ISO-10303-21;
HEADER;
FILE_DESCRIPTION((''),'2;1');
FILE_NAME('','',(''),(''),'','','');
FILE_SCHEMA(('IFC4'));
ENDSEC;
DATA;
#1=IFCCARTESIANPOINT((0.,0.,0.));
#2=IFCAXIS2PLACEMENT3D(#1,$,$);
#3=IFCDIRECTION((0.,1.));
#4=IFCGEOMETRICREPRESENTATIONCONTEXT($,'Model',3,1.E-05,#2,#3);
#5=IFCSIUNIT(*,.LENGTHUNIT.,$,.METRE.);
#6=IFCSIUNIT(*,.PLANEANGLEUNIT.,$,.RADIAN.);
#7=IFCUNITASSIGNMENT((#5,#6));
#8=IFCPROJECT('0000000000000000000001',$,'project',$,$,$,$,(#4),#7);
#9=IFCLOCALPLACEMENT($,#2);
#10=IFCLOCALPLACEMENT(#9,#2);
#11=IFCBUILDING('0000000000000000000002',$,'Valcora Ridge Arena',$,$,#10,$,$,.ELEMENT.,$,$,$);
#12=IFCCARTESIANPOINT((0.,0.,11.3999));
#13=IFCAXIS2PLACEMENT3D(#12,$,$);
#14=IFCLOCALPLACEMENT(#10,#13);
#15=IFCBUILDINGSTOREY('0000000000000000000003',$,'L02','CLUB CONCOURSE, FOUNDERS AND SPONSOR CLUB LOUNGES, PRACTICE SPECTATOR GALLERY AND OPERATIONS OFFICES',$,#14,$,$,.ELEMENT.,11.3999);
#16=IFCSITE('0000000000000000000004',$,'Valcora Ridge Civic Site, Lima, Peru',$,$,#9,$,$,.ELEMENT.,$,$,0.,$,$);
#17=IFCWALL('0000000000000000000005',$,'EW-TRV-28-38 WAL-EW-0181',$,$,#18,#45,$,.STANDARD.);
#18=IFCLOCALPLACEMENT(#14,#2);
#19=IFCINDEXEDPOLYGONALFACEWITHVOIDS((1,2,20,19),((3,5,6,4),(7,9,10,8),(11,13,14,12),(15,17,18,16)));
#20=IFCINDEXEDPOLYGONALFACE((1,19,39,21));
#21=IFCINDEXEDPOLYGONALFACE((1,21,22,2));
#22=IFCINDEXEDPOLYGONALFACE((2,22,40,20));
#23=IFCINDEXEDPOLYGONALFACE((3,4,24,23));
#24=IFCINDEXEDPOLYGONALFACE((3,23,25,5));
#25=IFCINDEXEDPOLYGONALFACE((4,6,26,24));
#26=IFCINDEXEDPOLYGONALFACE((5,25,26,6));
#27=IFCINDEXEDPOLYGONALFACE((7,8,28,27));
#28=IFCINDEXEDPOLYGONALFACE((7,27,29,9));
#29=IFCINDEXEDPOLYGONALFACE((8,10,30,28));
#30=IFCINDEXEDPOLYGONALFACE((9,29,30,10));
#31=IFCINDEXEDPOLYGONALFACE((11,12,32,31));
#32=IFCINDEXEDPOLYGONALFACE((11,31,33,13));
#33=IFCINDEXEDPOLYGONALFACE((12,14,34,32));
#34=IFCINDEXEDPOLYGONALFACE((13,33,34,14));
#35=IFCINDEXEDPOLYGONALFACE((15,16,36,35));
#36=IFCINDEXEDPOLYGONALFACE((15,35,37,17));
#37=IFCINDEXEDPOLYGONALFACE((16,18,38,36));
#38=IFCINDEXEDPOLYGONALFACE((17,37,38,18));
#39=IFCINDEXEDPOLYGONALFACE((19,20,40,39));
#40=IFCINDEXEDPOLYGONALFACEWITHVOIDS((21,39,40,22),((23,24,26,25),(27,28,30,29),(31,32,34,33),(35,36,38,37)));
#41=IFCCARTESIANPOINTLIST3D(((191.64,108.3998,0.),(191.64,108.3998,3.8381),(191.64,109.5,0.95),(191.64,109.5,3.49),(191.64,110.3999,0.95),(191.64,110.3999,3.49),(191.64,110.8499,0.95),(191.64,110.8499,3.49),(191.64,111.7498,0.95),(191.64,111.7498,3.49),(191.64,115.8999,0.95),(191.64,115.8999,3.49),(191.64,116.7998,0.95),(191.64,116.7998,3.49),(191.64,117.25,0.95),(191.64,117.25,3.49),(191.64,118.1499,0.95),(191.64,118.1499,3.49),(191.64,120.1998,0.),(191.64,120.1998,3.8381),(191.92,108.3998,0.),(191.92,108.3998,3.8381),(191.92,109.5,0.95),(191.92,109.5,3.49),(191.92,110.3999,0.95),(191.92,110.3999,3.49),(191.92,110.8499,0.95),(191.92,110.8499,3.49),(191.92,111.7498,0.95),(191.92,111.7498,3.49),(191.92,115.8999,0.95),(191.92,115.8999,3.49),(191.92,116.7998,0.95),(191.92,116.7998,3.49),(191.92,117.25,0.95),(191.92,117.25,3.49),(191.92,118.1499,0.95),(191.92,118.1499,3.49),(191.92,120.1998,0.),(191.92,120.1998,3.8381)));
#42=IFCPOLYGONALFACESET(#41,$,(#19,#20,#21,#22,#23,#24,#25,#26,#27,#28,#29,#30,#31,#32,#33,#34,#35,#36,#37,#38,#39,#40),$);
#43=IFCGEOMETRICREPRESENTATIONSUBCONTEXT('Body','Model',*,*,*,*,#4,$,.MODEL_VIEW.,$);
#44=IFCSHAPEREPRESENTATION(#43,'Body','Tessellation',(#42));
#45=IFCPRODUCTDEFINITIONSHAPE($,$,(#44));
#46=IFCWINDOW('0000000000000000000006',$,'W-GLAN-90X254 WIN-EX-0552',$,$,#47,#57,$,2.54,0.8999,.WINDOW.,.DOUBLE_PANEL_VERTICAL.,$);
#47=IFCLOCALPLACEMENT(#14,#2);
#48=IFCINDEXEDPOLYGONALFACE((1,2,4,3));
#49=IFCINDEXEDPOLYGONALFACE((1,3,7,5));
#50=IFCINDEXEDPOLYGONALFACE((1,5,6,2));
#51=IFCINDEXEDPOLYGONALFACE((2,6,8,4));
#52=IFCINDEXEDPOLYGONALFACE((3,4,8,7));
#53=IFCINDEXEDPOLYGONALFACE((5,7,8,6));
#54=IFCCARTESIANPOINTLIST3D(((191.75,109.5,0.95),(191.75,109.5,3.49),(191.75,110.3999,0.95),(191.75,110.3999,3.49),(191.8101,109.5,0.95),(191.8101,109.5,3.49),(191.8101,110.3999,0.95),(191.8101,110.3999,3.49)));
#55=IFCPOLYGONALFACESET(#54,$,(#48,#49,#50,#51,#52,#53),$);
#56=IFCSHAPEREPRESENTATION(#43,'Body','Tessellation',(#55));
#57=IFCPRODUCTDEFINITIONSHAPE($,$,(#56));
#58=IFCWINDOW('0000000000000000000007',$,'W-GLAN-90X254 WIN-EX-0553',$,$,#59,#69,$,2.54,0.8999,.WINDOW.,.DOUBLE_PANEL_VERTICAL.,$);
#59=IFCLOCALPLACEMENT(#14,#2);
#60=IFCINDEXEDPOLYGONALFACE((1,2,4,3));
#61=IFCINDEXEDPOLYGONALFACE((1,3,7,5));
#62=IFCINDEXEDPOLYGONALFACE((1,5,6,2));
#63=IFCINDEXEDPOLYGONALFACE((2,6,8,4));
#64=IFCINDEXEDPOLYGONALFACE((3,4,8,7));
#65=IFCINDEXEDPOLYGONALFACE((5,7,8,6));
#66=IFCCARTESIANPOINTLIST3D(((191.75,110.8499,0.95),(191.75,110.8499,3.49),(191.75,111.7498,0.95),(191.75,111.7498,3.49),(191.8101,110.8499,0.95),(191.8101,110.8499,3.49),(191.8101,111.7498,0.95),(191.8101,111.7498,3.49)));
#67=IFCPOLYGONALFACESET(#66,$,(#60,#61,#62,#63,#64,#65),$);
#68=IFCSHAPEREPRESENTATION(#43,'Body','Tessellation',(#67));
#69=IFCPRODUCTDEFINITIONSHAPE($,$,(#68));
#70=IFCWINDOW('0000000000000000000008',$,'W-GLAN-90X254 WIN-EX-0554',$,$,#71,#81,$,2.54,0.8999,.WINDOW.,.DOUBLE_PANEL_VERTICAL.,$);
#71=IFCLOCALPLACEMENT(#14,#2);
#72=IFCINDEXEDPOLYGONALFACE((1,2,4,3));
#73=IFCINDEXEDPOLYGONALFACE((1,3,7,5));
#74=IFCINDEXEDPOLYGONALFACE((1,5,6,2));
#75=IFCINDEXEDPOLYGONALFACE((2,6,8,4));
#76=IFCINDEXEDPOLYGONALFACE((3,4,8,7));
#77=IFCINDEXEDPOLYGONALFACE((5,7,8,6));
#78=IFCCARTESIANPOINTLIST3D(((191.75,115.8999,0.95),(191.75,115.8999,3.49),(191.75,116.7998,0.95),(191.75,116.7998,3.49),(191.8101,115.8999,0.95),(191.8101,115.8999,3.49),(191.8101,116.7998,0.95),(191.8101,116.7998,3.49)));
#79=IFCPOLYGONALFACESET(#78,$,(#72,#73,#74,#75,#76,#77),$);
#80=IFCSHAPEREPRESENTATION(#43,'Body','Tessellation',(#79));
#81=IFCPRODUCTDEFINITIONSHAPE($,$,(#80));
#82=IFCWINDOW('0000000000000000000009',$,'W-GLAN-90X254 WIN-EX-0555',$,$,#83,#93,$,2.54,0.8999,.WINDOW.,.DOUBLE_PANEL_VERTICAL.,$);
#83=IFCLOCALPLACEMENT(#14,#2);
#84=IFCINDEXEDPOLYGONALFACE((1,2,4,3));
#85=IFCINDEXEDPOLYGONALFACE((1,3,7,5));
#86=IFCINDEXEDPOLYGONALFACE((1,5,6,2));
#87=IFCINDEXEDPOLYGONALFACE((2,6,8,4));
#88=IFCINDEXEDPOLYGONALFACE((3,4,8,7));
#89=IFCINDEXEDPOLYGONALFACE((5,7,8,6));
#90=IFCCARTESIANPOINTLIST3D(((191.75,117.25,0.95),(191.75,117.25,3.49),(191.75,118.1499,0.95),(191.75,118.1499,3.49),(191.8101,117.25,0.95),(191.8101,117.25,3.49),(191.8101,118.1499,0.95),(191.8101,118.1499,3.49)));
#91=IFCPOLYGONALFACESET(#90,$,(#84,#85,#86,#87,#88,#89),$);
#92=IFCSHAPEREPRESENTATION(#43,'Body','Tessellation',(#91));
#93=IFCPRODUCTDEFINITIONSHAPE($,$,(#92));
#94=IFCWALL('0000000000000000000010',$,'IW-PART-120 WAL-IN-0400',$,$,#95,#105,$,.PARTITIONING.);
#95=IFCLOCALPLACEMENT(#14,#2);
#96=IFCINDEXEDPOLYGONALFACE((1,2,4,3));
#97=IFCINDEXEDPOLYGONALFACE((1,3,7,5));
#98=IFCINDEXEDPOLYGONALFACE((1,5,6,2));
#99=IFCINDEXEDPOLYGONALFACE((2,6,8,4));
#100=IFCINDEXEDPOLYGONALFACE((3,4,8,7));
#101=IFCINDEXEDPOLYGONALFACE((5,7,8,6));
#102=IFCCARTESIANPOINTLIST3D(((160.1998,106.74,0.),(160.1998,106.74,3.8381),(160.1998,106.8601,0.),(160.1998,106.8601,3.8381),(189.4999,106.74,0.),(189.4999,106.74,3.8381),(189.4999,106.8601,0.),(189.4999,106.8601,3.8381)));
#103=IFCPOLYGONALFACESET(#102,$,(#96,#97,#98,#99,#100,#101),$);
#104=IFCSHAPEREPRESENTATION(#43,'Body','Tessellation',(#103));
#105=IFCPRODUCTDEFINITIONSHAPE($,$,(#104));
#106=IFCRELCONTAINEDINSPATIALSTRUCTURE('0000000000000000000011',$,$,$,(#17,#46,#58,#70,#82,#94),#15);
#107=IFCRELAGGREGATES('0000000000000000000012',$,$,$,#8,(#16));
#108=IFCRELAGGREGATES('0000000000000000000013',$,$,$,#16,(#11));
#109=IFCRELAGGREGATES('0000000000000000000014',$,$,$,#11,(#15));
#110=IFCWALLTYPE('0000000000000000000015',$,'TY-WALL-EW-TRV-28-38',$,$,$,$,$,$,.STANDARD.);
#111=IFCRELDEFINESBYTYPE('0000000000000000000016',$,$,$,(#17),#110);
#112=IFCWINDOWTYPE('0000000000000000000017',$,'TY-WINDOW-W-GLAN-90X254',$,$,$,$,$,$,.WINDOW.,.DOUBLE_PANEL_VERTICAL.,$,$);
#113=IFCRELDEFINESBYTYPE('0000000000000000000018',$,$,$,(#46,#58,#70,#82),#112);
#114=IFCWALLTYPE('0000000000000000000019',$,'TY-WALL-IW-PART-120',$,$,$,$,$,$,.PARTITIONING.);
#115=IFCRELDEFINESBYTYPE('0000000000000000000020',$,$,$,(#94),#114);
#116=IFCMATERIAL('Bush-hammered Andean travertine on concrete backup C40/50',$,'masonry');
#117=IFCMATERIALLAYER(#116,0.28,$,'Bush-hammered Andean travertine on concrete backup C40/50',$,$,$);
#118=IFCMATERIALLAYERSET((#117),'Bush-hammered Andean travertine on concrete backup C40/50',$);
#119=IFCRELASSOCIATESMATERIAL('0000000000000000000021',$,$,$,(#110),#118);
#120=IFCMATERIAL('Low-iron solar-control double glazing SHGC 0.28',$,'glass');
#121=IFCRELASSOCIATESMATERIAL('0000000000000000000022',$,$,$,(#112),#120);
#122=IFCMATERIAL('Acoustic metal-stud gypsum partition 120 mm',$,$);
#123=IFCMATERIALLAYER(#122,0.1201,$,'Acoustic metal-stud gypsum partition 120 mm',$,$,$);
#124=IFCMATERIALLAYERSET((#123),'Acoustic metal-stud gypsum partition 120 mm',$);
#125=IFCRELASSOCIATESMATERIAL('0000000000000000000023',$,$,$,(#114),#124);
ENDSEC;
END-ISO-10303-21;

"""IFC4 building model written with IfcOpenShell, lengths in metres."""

from ifc_helpers import new_model, si_unit, direction, frame, frame_2d, origin, place, context, subcontext, project, spatial, rectangle, extrude, material, layer, layer_set, type_object, element, fill, save


model = new_model("IFC4")

# Units and contexts
model_context = context("Model", 3, precision=1e-05, world=origin(), true_north=direction((0.0, 1.0)))
body_context = subcontext(model_context, "Body", "Model", "MODEL_VIEW")
ifc_project = project(units=[si_unit("LENGTHUNIT", "METRE"), si_unit("PLANEANGLEUNIT", "RADIAN")], contexts=[model_context])

# Site, building, storey
site_placement = place(None, origin())
site = spatial("IfcSite", under=ifc_project, at=site_placement, Name="Valcora Ridge Civic Site, Lima, Peru", CompositionType="ELEMENT", RefElevation=0.0)
building_placement = place(site_placement, origin())
building = spatial("IfcBuilding", under=site, at=building_placement, Name="Valcora Ridge Arena", CompositionType="ELEMENT")
storey_placement = place(building_placement, frame((0.0, 0.0, 11.3999)))
storey = spatial("IfcBuildingStorey", under=building, at=storey_placement, Name="L02", Description="CLUB CONCOURSE, FOUNDERS AND SPONSOR CLUB LOUNGES, PRACTICE SPECTATOR GALLERY AND OPERATIONS OFFICES", CompositionType="ELEMENT", Elevation=11.3999)

# Shared definitions
ifc_material_1 = material(Name="Low-iron solar-control double glazing SHGC 0.28", Category="glass")

# Wall, openings, windows
ifc_material_2 = material(Name="Bush-hammered Andean travertine on concrete backup C40/50", Category="masonry")
ifc_layer_1 = layer(ifc_material_2, 0.28, Name="Bush-hammered Andean travertine on concrete backup C40/50")
ifc_layer_set_1 = layer_set([ifc_layer_1], Name="Bush-hammered Andean travertine on concrete backup C40/50")
wall_type_1 = type_object("IfcWallType", Name="TY-WALL-EW-TRV-28-38", PredefinedType="STANDARD", material=ifc_layer_set_1)
wall_1_placement = place(storey_placement, frame((191.78, 108.3999, 0.0), z_axis=(0.0, 0.0, 1.0), x_axis=(0.0, 1.0, 0.0)))
wall_1 = element("IfcWall", 1, at=wall_1_placement, inside=storey, type_object=wall_type_1, Name="EW-TRV-28-38 WAL-EW-0181", PredefinedType="STANDARD", context=body_context, shape_type="SweptSolid", body=[
    extrude(rectangle(XDim=11.8, YDim=0.28, at=frame_2d((5.8999, 0.0))), origin(), (0.0, 0.0, 1.0), 3.8381),
])
opening_1_placement = place(wall_1_placement, frame((1.1001, 0.0, 0.95)))
opening_1 = element("IfcOpeningElement", 2, at=opening_1_placement, cuts=wall_1, PredefinedType="OPENING", context=body_context, shape_type="SweptSolid", body=[
    extrude(rectangle(XDim=0.8999, YDim=2.54, at=frame_2d((0.45, 1.27))), frame((0.0, 0.1499, 0.0), z_axis=(0.0, -1.0, 0.0), x_axis=(1.0, 0.0, 0.0)), (0.0, 0.0, 1.0), 0.3),
])
opening_2_placement = place(wall_1_placement, frame((2.45, 0.0, 0.95)))
opening_2 = element("IfcOpeningElement", 3, at=opening_2_placement, cuts=wall_1, PredefinedType="OPENING", context=body_context, shape_type="SweptSolid", body=[
    extrude(rectangle(XDim=0.8999, YDim=2.54, at=frame_2d((0.45, 1.27))), frame((0.0, 0.1499, 0.0), z_axis=(0.0, -1.0, 0.0), x_axis=(1.0, 0.0, 0.0)), (0.0, 0.0, 1.0), 0.3),
])
opening_3_placement = place(wall_1_placement, frame((7.5, 0.0, 0.95)))
opening_3 = element("IfcOpeningElement", 4, at=opening_3_placement, cuts=wall_1, PredefinedType="OPENING", context=body_context, shape_type="SweptSolid", body=[
    extrude(rectangle(XDim=0.8999, YDim=2.54, at=frame_2d((0.45, 1.27))), frame((0.0, 0.1499, 0.0), z_axis=(0.0, -1.0, 0.0), x_axis=(1.0, 0.0, 0.0)), (0.0, 0.0, 1.0), 0.3),
])
opening_4_placement = place(wall_1_placement, frame((8.8501, 0.0, 0.95)))
opening_4 = element("IfcOpeningElement", 5, at=opening_4_placement, cuts=wall_1, PredefinedType="OPENING", context=body_context, shape_type="SweptSolid", body=[
    extrude(rectangle(XDim=0.8999, YDim=2.54, at=frame_2d((0.45, 1.27))), frame((0.0, 0.1499, 0.0), z_axis=(0.0, -1.0, 0.0), x_axis=(1.0, 0.0, 0.0)), (0.0, 0.0, 1.0), 0.3),
])
window_type = type_object("IfcWindowType", Name="TY-WINDOW-W-GLAN-90X254", PartitioningType="DOUBLE_PANEL_VERTICAL", PredefinedType="WINDOW", material=ifc_material_1)
window_1_placement = place(opening_1_placement, origin())
window_1 = element("IfcWindow", 6, at=window_1_placement, inside=storey, type_object=window_type, Name="W-GLAN-90X254 WIN-EX-0552", OverallHeight=2.54, OverallWidth=0.8999, PartitioningType="DOUBLE_PANEL_VERTICAL", PredefinedType="WINDOW", context=body_context, shape_type="SweptSolid", body=[
    extrude(rectangle(XDim=0.8999, YDim=2.54, at=frame_2d((0.45, 1.27))), frame((0.0, 0.03, 0.0), z_axis=(0.0, -1.0, 0.0), x_axis=(1.0, 0.0, 0.0)), (0.0, 0.0, 1.0), 0.0601),
])
fill(opening_1, window_1)
window_2_placement = place(opening_2_placement, origin())
window_2 = element("IfcWindow", 7, at=window_2_placement, inside=storey, type_object=window_type, Name="W-GLAN-90X254 WIN-EX-0553", OverallHeight=2.54, OverallWidth=0.8999, PartitioningType="DOUBLE_PANEL_VERTICAL", PredefinedType="WINDOW", context=body_context, shape_type="SweptSolid", body=[
    extrude(rectangle(XDim=0.8999, YDim=2.54, at=frame_2d((0.45, 1.27))), frame((0.0, 0.03, 0.0), z_axis=(0.0, -1.0, 0.0), x_axis=(1.0, 0.0, 0.0)), (0.0, 0.0, 1.0), 0.0601),
])
fill(opening_2, window_2)
window_3_placement = place(opening_3_placement, origin())
window_3 = element("IfcWindow", 8, at=window_3_placement, inside=storey, type_object=window_type, Name="W-GLAN-90X254 WIN-EX-0554", OverallHeight=2.54, OverallWidth=0.8999, PartitioningType="DOUBLE_PANEL_VERTICAL", PredefinedType="WINDOW", context=body_context, shape_type="SweptSolid", body=[
    extrude(rectangle(XDim=0.8999, YDim=2.54, at=frame_2d((0.45, 1.27))), frame((0.0, 0.03, 0.0), z_axis=(0.0, -1.0, 0.0), x_axis=(1.0, 0.0, 0.0)), (0.0, 0.0, 1.0), 0.0601),
])
fill(opening_3, window_3)
window_4_placement = place(opening_4_placement, origin())
window_4 = element("IfcWindow", 9, at=window_4_placement, inside=storey, type_object=window_type, Name="W-GLAN-90X254 WIN-EX-0555", OverallHeight=2.54, OverallWidth=0.8999, PartitioningType="DOUBLE_PANEL_VERTICAL", PredefinedType="WINDOW", context=body_context, shape_type="SweptSolid", body=[
    extrude(rectangle(XDim=0.8999, YDim=2.54, at=frame_2d((0.45, 1.27))), frame((0.0, 0.03, 0.0), z_axis=(0.0, -1.0, 0.0), x_axis=(1.0, 0.0, 0.0)), (0.0, 0.0, 1.0), 0.0601),
])
fill(opening_4, window_4)

# Wall
ifc_material_3 = material(Name="Acoustic metal-stud gypsum partition 120 mm")
ifc_layer_2 = layer(ifc_material_3, 0.1201, Name="Acoustic metal-stud gypsum partition 120 mm")
ifc_layer_set_2 = layer_set([ifc_layer_2], Name="Acoustic metal-stud gypsum partition 120 mm")
wall_type_2 = type_object("IfcWallType", Name="TY-WALL-IW-PART-120", PredefinedType="PARTITIONING", material=ifc_layer_set_2)
wall_2_placement = place(storey_placement, frame((160.2, 106.8, 0.0), z_axis=(0.0, 0.0, 1.0), x_axis=(1.0, 0.0, 0.0)))
element("IfcWall", 10, at=wall_2_placement, inside=storey, type_object=wall_type_2, Name="IW-PART-120 WAL-IN-0400", PredefinedType="PARTITIONING", context=body_context, shape_type="SweptSolid", body=[
    extrude(rectangle(XDim=29.3, YDim=0.1201, at=frame_2d((14.6499, 0.0))), origin(), (0.0, 0.0, 1.0), 3.8381),
])

save(model, "model.ifc")
